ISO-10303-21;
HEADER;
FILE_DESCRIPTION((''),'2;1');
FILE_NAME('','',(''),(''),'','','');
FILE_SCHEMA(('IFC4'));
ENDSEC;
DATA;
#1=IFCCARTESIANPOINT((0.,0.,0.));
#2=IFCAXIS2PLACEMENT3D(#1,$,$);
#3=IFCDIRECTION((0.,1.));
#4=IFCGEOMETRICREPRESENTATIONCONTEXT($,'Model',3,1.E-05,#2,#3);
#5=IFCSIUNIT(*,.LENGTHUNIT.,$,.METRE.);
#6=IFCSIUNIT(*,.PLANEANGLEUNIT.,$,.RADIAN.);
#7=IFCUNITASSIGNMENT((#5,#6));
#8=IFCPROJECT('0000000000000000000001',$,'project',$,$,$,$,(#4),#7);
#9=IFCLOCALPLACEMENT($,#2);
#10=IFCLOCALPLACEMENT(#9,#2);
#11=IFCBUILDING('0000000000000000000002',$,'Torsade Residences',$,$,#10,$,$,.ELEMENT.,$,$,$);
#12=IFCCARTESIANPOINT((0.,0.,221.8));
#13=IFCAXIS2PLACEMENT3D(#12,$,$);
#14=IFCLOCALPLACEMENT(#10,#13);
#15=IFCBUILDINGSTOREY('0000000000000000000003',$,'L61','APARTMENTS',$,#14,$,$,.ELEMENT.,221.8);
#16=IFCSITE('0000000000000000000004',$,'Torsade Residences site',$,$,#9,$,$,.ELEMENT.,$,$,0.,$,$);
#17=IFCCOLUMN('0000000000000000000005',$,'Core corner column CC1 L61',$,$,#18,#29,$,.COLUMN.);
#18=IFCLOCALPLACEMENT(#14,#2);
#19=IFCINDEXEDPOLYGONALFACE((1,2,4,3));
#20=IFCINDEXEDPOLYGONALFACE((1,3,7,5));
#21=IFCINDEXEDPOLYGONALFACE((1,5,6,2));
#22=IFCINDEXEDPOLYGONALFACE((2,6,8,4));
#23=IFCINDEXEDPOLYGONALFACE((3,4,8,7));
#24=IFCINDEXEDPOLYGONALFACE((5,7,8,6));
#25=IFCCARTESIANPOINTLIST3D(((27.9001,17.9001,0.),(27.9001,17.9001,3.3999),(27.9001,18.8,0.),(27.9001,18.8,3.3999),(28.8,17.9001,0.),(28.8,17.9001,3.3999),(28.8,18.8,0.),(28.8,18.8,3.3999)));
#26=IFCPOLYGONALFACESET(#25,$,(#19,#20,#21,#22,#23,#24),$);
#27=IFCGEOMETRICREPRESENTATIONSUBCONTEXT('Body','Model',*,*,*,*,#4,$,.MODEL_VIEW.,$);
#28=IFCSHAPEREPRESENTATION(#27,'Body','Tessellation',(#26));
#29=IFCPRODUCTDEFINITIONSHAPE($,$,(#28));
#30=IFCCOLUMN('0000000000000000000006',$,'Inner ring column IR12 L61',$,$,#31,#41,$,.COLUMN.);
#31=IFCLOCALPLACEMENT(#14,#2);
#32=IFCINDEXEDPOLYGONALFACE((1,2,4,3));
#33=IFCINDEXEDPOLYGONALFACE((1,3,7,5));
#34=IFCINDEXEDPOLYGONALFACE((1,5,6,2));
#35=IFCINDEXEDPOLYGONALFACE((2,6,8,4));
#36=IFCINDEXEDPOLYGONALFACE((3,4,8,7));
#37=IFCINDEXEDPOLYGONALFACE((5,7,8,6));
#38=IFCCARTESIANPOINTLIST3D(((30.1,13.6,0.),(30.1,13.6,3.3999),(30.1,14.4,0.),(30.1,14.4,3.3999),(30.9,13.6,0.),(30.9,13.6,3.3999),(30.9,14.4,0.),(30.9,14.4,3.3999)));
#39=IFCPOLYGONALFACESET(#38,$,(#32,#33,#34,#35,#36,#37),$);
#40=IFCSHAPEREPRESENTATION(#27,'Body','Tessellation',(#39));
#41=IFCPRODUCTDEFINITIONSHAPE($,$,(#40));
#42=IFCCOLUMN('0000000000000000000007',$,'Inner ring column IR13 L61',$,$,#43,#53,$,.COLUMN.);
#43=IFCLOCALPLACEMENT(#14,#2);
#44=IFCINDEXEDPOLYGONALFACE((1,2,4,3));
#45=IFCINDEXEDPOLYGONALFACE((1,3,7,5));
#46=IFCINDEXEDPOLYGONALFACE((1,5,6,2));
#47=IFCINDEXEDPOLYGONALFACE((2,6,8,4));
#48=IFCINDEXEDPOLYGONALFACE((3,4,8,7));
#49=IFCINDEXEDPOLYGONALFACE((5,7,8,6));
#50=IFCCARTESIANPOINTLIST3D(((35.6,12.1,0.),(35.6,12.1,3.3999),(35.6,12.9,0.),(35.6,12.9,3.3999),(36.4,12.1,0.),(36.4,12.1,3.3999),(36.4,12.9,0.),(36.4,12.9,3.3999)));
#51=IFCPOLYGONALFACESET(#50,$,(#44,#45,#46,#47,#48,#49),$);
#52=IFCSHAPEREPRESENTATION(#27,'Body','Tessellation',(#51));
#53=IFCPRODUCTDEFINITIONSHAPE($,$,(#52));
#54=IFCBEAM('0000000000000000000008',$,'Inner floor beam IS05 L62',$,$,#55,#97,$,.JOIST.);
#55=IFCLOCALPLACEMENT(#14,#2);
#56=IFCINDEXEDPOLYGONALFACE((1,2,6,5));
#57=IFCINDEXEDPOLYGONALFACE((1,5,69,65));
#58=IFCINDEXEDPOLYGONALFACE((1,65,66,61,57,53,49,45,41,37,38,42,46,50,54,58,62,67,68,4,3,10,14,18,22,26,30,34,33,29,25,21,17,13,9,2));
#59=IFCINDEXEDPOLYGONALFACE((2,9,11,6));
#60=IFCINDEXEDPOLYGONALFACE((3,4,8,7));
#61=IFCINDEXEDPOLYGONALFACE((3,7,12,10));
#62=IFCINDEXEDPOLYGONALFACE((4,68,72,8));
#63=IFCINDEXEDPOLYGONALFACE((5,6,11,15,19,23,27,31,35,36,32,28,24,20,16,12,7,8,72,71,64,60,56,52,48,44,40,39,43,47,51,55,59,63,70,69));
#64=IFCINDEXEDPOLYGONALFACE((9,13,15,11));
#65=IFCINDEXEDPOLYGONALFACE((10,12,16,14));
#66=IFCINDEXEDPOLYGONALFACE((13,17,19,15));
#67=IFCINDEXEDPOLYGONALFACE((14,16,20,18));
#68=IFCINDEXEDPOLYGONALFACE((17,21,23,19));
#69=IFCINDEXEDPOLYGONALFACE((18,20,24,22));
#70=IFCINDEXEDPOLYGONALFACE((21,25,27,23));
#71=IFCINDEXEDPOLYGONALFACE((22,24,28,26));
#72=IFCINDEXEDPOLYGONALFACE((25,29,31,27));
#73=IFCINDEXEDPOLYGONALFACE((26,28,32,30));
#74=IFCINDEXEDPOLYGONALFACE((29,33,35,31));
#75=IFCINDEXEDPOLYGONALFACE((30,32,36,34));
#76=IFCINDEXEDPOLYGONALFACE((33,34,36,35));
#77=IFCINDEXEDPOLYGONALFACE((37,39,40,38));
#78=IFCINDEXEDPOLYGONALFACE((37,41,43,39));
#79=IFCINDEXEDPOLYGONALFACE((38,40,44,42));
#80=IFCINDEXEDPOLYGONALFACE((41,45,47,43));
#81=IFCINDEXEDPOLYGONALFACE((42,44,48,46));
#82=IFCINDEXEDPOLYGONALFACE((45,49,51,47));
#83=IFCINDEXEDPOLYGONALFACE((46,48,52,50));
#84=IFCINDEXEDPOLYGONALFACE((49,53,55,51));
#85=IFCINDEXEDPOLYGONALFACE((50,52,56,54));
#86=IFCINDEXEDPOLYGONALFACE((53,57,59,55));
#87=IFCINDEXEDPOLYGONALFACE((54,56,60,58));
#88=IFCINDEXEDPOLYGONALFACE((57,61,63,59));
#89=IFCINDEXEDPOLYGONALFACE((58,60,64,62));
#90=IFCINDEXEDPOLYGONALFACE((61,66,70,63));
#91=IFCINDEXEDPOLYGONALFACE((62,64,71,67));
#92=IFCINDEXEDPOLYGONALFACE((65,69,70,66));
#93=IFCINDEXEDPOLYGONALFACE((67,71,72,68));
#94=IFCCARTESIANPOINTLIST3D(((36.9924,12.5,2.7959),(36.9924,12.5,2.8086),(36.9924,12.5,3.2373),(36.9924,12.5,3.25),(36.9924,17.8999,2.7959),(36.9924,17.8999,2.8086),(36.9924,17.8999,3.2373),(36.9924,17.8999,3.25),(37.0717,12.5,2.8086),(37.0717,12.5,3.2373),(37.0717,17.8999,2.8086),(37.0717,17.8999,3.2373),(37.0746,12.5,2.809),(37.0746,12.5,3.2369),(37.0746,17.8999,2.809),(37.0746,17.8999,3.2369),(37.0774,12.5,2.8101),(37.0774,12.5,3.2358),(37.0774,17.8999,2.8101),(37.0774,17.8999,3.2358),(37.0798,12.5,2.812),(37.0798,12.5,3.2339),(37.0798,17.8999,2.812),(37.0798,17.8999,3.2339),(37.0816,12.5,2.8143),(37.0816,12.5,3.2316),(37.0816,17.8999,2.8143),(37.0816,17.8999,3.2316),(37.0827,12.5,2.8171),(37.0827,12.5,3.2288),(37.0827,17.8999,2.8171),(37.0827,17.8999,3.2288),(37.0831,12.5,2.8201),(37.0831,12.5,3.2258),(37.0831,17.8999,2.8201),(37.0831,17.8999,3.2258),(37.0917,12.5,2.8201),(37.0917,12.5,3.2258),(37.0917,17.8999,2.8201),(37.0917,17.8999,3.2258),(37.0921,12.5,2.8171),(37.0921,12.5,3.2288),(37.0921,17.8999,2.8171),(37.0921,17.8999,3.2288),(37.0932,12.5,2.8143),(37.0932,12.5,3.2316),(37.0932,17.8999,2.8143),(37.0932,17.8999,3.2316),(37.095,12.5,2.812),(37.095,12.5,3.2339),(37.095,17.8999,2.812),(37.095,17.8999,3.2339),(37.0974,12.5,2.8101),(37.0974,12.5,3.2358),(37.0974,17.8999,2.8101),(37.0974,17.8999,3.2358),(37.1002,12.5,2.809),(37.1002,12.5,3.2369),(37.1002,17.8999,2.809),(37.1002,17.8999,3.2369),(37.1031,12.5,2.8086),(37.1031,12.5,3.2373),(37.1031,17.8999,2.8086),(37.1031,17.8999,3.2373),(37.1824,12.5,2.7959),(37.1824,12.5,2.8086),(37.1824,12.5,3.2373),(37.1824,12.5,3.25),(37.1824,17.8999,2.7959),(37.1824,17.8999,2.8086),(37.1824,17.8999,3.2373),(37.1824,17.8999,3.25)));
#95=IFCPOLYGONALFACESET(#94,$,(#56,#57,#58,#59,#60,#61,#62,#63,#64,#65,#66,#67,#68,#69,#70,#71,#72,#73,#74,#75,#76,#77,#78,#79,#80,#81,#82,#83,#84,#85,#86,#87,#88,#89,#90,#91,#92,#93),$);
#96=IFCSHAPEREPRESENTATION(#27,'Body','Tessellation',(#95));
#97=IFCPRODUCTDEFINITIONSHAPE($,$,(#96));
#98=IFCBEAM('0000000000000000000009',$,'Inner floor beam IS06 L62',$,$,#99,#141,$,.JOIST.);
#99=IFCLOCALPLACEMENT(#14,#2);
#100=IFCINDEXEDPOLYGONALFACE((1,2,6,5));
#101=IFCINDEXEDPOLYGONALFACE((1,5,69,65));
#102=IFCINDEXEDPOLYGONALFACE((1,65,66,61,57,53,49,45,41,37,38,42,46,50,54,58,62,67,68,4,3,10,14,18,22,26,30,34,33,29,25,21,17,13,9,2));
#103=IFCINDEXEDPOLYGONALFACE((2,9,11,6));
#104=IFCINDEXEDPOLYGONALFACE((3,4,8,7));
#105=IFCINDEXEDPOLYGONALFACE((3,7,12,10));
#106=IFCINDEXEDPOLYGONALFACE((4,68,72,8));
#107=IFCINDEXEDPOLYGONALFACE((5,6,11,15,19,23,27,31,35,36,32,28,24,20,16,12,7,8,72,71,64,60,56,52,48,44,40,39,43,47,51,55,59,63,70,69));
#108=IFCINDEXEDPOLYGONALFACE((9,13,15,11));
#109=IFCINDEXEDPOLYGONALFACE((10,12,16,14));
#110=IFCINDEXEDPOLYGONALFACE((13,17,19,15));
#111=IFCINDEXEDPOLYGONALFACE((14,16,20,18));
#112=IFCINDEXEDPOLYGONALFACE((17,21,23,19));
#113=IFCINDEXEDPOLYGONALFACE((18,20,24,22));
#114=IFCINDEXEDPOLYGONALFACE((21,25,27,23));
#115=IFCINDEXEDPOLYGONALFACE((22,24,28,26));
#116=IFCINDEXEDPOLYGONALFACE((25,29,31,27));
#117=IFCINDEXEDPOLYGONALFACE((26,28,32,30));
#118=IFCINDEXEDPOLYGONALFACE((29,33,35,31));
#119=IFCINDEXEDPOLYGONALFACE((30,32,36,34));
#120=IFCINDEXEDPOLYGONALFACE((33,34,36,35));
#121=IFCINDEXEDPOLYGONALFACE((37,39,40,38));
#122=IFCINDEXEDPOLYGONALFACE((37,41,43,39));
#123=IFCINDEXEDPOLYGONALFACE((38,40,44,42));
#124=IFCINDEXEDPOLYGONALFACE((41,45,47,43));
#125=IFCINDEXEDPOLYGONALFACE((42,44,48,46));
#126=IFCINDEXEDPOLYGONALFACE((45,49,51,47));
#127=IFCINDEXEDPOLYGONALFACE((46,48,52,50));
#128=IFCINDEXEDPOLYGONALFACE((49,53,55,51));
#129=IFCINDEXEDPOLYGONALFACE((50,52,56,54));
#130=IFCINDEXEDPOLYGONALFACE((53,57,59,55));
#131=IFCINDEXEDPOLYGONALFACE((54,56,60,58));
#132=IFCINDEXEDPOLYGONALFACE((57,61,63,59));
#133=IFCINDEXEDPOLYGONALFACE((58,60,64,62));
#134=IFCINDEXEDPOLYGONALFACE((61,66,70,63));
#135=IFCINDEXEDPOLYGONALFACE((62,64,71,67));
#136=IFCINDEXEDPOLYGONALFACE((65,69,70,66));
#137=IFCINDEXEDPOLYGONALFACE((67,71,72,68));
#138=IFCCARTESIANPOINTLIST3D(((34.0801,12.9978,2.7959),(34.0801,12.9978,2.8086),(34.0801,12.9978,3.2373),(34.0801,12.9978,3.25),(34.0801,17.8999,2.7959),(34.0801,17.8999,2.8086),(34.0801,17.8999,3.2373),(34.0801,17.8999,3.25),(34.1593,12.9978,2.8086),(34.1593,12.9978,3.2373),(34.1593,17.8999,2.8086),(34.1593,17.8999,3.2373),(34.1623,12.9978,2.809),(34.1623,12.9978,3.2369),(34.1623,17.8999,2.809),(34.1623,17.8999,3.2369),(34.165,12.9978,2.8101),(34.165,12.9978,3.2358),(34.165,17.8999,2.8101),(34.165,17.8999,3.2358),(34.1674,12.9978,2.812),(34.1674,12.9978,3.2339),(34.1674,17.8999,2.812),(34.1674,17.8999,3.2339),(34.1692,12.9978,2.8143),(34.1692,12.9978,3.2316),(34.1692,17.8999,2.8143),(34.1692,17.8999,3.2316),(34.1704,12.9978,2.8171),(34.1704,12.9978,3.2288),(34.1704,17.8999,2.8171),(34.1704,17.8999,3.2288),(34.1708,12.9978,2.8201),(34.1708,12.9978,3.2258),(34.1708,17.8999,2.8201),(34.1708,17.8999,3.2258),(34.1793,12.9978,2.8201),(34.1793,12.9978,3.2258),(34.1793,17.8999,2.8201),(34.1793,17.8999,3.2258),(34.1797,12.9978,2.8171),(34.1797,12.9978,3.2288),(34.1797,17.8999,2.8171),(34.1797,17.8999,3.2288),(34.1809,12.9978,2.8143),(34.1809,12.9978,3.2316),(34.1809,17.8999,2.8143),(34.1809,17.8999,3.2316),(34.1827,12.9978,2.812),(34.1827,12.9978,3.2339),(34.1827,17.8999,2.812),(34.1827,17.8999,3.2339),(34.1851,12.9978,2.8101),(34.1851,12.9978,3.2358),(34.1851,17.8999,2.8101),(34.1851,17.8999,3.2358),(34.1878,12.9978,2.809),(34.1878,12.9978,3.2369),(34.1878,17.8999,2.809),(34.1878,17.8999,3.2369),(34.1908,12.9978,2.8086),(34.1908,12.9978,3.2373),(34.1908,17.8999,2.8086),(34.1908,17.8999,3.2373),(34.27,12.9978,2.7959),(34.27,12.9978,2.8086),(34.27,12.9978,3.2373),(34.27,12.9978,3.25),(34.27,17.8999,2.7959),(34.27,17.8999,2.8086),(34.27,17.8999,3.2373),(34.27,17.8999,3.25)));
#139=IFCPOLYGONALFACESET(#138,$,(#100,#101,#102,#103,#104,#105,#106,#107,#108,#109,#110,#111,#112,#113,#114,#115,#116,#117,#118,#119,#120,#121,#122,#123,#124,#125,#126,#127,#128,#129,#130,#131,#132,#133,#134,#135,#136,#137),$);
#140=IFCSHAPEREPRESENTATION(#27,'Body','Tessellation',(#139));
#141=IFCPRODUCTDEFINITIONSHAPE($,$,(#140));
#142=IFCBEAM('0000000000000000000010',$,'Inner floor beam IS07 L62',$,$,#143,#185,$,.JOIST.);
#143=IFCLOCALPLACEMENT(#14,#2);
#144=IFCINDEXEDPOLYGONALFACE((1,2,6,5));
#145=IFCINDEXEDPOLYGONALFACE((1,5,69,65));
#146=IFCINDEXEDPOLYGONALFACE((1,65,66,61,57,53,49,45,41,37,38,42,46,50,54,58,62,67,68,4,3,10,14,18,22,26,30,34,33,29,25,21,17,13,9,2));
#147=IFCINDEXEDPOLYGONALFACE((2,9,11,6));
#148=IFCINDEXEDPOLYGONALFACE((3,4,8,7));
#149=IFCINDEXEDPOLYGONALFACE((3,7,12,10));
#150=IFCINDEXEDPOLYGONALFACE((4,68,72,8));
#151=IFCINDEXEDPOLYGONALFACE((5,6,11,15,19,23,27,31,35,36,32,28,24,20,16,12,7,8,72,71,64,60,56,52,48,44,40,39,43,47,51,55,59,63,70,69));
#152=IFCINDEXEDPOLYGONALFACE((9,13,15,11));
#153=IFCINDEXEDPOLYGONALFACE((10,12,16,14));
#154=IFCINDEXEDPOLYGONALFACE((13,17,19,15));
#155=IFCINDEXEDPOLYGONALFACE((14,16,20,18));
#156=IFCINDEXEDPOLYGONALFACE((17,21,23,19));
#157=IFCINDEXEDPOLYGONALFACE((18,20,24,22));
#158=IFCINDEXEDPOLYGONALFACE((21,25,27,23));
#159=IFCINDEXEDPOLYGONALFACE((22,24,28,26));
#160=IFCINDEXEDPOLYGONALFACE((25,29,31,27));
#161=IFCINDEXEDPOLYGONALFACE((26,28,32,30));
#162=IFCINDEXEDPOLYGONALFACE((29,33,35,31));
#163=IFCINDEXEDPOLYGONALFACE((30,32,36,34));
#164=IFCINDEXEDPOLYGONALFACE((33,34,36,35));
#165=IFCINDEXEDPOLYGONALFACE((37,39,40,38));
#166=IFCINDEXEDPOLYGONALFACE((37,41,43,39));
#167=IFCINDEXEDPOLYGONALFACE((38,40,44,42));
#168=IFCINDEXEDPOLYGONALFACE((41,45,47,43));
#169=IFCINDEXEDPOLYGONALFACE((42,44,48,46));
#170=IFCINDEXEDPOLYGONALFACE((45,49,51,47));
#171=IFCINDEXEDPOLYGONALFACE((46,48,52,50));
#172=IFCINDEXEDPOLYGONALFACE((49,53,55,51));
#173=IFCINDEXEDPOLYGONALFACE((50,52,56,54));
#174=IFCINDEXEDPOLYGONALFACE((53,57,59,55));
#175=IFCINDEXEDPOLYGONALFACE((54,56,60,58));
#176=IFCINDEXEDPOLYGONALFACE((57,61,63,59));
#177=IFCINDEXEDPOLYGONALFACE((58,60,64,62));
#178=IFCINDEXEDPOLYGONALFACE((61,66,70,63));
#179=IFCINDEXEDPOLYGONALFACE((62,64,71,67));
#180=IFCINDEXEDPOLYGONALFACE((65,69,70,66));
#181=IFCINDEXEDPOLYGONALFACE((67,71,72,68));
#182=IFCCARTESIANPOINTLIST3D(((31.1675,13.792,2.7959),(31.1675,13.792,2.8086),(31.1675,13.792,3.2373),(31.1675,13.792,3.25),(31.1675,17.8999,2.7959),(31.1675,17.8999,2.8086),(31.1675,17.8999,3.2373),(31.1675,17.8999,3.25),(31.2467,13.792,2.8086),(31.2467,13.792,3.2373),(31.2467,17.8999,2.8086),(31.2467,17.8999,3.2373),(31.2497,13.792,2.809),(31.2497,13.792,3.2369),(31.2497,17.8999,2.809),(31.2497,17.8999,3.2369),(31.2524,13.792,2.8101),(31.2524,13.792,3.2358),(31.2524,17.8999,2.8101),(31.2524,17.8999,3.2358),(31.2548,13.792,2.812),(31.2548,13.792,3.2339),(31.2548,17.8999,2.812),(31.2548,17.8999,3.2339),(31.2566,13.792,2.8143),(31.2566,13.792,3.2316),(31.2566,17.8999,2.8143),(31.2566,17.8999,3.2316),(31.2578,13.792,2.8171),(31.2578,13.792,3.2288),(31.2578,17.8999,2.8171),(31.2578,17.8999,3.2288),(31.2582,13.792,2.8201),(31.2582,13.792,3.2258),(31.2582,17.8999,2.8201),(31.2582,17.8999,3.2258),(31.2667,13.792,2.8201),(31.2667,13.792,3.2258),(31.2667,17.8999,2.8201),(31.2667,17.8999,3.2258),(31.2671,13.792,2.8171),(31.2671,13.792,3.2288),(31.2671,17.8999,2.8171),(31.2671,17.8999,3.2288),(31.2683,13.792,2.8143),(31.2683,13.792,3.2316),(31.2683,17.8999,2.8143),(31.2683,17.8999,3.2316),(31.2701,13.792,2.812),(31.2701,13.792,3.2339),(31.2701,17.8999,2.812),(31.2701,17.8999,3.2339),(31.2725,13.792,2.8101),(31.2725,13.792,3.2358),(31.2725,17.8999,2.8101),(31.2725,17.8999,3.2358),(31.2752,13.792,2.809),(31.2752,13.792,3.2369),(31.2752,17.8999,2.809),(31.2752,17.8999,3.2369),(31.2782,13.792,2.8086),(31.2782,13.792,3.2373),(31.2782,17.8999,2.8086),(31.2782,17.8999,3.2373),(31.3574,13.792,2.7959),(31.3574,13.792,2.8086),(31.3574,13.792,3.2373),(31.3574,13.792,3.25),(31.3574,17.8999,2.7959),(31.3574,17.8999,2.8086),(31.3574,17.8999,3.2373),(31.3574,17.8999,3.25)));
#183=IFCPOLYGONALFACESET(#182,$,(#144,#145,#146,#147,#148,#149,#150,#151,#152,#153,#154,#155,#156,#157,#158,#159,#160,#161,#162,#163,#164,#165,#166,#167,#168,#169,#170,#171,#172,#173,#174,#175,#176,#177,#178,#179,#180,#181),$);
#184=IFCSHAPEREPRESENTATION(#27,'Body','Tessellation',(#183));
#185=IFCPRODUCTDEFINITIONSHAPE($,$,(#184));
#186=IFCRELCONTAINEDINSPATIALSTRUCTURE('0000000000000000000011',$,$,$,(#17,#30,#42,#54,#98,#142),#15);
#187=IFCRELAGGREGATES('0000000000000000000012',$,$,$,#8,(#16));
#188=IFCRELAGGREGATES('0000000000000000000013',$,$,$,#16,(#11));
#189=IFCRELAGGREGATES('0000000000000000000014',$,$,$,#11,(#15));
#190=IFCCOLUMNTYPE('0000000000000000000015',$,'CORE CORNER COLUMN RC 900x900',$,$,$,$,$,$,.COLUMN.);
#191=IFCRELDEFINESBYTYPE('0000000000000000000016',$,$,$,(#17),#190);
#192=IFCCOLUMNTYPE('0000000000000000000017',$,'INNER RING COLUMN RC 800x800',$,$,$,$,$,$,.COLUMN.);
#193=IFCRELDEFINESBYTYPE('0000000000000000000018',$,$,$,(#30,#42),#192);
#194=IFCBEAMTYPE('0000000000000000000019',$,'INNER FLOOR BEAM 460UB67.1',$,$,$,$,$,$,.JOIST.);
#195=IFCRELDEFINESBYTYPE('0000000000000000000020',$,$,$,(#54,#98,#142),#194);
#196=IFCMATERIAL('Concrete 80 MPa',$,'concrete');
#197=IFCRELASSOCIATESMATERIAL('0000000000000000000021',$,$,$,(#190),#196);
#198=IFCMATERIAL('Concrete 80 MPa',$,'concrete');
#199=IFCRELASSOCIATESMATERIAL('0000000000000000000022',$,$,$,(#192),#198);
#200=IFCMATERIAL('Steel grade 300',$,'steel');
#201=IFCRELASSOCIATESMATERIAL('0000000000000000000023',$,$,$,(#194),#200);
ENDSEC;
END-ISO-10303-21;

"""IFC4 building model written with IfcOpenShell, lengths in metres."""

from ifc_helpers import new_model, si_unit, direction, frame, origin, origin_2d, place, context, subcontext, project, spatial, rectangle, i_section, extrude, material, material_profile, profile_set, type_object, element, save


model = new_model("IFC4")

# Units and contexts
model_context = context("Model", 3, precision=1e-05, world=origin(), true_north=direction((0.0, 1.0)))
body_context = subcontext(model_context, "Body", "Model", "MODEL_VIEW")
ifc_project = project(units=[si_unit("LENGTHUNIT", "METRE"), si_unit("PLANEANGLEUNIT", "RADIAN")], contexts=[model_context])

# Site, building, storey
site_placement = place(None, origin())
site = spatial("IfcSite", under=ifc_project, at=site_placement, Name="Torsade Residences site", CompositionType="ELEMENT", RefElevation=0.0)
building_placement = place(site_placement, origin())
building = spatial("IfcBuilding", under=site, at=building_placement, Name="Torsade Residences", CompositionType="ELEMENT")
storey_placement = place(building_placement, frame((0.0, 0.0, 221.8)))
storey = spatial("IfcBuildingStorey", under=building, at=storey_placement, Name="L61", Description="APARTMENTS", CompositionType="ELEMENT", Elevation=221.8)

# Columns
ifc_material_1 = material(Name="Concrete 80 MPa", Category="concrete")
ifc_material_profile_1 = material_profile(ifc_material_1, rectangle(XDim=0.8999, YDim=0.8999, at=origin_2d()), Name="RC 900x900")
ifc_profile_set_1 = profile_set([ifc_material_profile_1], Name="Concrete 80 MPa")
column_type_1 = type_object("IfcColumnType", Name="CORE CORNER COLUMN RC 900x900", PredefinedType="COLUMN", material=ifc_profile_set_1)
column_placement = place(storey_placement, frame((28.3501, 18.3501, 0.0), z_axis=(0.0, 0.0, 1.0), x_axis=(1.0, 0.0, 0.0)))
element("IfcColumn", 1, at=column_placement, inside=storey, type_object=column_type_1, Name="Core corner column CC1 L61", PredefinedType="COLUMN", context=body_context, shape_type="SweptSolid", body=[
    extrude(rectangle(XDim=0.8999, YDim=0.8999, at=origin_2d()), origin(), (0.0, 0.0, 1.0), 3.3999),
])
ifc_material_2 = material(Name="Concrete 80 MPa", Category="concrete")
ifc_material_profile_2 = material_profile(ifc_material_2, rectangle(XDim=0.8, YDim=0.8, at=origin_2d()), Name="RC 800x800")
ifc_profile_set_2 = profile_set([ifc_material_profile_2], Name="Concrete 80 MPa")
column_type_2 = type_object("IfcColumnType", Name="INNER RING COLUMN RC 800x800", PredefinedType="COLUMN", material=ifc_profile_set_2)
for number, where, z_axis, x_axis, name in (
    (2, (30.5, 14.0, 0.0), (0.0, 0.0, 1.0), (1.0, 0.0, 0.0), "Inner ring column IR12 L61"),
    (3, (36.0, 12.5, 0.0), (0.0, 0.0, 1.0), (1.0, 0.0, 0.0), "Inner ring column IR13 L61"),
):
    element("IfcColumn", number, at=place(storey_placement, frame(where, z_axis=z_axis, x_axis=x_axis)), inside=storey, type_object=column_type_2, Name=name, PredefinedType="COLUMN", context=body_context, shape_type="SweptSolid", body=[
        extrude(rectangle(XDim=0.8, YDim=0.8, at=origin_2d()), origin(), (0.0, 0.0, 1.0), 3.3999),
    ])

# Beams
ifc_material_3 = material(Name="Steel grade 300", Category="steel")
ifc_material_profile_3 = material_profile(ifc_material_3, i_section(OverallWidth=0.1899, OverallDepth=0.4541, WebThickness=0.0085, FlangeThickness=0.0127, FilletRadius=0.0115, at=origin_2d()), Name="460UB67.1")
ifc_profile_set_3 = profile_set([ifc_material_profile_3], Name="Steel grade 300")
beam_type_1 = type_object("IfcBeamType", Name="INNER FLOOR BEAM 460UB67.1", PredefinedType="JOIST", material=ifc_profile_set_3)
beam_1_placement = place(storey_placement, frame((37.0874, 17.8999, 3.0229), z_axis=(0.0, -1.0, 0.0), x_axis=(1.0, 0.0, 0.0)))
element("IfcBeam", 4, at=beam_1_placement, inside=storey, type_object=beam_type_1, Name="Inner floor beam IS05 L62", PredefinedType="JOIST", context=body_context, shape_type="SweptSolid", body=[
    extrude(i_section(OverallWidth=0.1899, OverallDepth=0.4541, WebThickness=0.0085, FlangeThickness=0.0127, FilletRadius=0.0115, at=origin_2d()), origin(), (0.0, 0.0, 1.0), 5.3999),
])
beam_2_placement = place(storey_placement, frame((34.175, 17.8999, 3.0229), z_axis=(0.0, -1.0, 0.0), x_axis=(1.0, 0.0, 0.0)))
element("IfcBeam", 5, at=beam_2_placement, inside=storey, type_object=beam_type_1, Name="Inner floor beam IS06 L62", PredefinedType="JOIST", context=body_context, shape_type="SweptSolid", body=[
    extrude(i_section(OverallWidth=0.1899, OverallDepth=0.4541, WebThickness=0.0085, FlangeThickness=0.0127, FilletRadius=0.0115, at=origin_2d()), origin(), (0.0, 0.0, 1.0), 4.9021),
])
beam_3_placement = place(storey_placement, frame((31.2625, 17.8999, 3.0229), z_axis=(0.0, -1.0, 0.0), x_axis=(1.0, 0.0, 0.0)))
element("IfcBeam", 6, at=beam_3_placement, inside=storey, type_object=beam_type_1, Name="Inner floor beam IS07 L62", PredefinedType="JOIST", context=body_context, shape_type="SweptSolid", body=[
    extrude(i_section(OverallWidth=0.1899, OverallDepth=0.4541, WebThickness=0.0085, FlangeThickness=0.0127, FilletRadius=0.0115, at=origin_2d()), origin(), (0.0, 0.0, 1.0), 4.1079),
])

save(model, "model.ifc")
